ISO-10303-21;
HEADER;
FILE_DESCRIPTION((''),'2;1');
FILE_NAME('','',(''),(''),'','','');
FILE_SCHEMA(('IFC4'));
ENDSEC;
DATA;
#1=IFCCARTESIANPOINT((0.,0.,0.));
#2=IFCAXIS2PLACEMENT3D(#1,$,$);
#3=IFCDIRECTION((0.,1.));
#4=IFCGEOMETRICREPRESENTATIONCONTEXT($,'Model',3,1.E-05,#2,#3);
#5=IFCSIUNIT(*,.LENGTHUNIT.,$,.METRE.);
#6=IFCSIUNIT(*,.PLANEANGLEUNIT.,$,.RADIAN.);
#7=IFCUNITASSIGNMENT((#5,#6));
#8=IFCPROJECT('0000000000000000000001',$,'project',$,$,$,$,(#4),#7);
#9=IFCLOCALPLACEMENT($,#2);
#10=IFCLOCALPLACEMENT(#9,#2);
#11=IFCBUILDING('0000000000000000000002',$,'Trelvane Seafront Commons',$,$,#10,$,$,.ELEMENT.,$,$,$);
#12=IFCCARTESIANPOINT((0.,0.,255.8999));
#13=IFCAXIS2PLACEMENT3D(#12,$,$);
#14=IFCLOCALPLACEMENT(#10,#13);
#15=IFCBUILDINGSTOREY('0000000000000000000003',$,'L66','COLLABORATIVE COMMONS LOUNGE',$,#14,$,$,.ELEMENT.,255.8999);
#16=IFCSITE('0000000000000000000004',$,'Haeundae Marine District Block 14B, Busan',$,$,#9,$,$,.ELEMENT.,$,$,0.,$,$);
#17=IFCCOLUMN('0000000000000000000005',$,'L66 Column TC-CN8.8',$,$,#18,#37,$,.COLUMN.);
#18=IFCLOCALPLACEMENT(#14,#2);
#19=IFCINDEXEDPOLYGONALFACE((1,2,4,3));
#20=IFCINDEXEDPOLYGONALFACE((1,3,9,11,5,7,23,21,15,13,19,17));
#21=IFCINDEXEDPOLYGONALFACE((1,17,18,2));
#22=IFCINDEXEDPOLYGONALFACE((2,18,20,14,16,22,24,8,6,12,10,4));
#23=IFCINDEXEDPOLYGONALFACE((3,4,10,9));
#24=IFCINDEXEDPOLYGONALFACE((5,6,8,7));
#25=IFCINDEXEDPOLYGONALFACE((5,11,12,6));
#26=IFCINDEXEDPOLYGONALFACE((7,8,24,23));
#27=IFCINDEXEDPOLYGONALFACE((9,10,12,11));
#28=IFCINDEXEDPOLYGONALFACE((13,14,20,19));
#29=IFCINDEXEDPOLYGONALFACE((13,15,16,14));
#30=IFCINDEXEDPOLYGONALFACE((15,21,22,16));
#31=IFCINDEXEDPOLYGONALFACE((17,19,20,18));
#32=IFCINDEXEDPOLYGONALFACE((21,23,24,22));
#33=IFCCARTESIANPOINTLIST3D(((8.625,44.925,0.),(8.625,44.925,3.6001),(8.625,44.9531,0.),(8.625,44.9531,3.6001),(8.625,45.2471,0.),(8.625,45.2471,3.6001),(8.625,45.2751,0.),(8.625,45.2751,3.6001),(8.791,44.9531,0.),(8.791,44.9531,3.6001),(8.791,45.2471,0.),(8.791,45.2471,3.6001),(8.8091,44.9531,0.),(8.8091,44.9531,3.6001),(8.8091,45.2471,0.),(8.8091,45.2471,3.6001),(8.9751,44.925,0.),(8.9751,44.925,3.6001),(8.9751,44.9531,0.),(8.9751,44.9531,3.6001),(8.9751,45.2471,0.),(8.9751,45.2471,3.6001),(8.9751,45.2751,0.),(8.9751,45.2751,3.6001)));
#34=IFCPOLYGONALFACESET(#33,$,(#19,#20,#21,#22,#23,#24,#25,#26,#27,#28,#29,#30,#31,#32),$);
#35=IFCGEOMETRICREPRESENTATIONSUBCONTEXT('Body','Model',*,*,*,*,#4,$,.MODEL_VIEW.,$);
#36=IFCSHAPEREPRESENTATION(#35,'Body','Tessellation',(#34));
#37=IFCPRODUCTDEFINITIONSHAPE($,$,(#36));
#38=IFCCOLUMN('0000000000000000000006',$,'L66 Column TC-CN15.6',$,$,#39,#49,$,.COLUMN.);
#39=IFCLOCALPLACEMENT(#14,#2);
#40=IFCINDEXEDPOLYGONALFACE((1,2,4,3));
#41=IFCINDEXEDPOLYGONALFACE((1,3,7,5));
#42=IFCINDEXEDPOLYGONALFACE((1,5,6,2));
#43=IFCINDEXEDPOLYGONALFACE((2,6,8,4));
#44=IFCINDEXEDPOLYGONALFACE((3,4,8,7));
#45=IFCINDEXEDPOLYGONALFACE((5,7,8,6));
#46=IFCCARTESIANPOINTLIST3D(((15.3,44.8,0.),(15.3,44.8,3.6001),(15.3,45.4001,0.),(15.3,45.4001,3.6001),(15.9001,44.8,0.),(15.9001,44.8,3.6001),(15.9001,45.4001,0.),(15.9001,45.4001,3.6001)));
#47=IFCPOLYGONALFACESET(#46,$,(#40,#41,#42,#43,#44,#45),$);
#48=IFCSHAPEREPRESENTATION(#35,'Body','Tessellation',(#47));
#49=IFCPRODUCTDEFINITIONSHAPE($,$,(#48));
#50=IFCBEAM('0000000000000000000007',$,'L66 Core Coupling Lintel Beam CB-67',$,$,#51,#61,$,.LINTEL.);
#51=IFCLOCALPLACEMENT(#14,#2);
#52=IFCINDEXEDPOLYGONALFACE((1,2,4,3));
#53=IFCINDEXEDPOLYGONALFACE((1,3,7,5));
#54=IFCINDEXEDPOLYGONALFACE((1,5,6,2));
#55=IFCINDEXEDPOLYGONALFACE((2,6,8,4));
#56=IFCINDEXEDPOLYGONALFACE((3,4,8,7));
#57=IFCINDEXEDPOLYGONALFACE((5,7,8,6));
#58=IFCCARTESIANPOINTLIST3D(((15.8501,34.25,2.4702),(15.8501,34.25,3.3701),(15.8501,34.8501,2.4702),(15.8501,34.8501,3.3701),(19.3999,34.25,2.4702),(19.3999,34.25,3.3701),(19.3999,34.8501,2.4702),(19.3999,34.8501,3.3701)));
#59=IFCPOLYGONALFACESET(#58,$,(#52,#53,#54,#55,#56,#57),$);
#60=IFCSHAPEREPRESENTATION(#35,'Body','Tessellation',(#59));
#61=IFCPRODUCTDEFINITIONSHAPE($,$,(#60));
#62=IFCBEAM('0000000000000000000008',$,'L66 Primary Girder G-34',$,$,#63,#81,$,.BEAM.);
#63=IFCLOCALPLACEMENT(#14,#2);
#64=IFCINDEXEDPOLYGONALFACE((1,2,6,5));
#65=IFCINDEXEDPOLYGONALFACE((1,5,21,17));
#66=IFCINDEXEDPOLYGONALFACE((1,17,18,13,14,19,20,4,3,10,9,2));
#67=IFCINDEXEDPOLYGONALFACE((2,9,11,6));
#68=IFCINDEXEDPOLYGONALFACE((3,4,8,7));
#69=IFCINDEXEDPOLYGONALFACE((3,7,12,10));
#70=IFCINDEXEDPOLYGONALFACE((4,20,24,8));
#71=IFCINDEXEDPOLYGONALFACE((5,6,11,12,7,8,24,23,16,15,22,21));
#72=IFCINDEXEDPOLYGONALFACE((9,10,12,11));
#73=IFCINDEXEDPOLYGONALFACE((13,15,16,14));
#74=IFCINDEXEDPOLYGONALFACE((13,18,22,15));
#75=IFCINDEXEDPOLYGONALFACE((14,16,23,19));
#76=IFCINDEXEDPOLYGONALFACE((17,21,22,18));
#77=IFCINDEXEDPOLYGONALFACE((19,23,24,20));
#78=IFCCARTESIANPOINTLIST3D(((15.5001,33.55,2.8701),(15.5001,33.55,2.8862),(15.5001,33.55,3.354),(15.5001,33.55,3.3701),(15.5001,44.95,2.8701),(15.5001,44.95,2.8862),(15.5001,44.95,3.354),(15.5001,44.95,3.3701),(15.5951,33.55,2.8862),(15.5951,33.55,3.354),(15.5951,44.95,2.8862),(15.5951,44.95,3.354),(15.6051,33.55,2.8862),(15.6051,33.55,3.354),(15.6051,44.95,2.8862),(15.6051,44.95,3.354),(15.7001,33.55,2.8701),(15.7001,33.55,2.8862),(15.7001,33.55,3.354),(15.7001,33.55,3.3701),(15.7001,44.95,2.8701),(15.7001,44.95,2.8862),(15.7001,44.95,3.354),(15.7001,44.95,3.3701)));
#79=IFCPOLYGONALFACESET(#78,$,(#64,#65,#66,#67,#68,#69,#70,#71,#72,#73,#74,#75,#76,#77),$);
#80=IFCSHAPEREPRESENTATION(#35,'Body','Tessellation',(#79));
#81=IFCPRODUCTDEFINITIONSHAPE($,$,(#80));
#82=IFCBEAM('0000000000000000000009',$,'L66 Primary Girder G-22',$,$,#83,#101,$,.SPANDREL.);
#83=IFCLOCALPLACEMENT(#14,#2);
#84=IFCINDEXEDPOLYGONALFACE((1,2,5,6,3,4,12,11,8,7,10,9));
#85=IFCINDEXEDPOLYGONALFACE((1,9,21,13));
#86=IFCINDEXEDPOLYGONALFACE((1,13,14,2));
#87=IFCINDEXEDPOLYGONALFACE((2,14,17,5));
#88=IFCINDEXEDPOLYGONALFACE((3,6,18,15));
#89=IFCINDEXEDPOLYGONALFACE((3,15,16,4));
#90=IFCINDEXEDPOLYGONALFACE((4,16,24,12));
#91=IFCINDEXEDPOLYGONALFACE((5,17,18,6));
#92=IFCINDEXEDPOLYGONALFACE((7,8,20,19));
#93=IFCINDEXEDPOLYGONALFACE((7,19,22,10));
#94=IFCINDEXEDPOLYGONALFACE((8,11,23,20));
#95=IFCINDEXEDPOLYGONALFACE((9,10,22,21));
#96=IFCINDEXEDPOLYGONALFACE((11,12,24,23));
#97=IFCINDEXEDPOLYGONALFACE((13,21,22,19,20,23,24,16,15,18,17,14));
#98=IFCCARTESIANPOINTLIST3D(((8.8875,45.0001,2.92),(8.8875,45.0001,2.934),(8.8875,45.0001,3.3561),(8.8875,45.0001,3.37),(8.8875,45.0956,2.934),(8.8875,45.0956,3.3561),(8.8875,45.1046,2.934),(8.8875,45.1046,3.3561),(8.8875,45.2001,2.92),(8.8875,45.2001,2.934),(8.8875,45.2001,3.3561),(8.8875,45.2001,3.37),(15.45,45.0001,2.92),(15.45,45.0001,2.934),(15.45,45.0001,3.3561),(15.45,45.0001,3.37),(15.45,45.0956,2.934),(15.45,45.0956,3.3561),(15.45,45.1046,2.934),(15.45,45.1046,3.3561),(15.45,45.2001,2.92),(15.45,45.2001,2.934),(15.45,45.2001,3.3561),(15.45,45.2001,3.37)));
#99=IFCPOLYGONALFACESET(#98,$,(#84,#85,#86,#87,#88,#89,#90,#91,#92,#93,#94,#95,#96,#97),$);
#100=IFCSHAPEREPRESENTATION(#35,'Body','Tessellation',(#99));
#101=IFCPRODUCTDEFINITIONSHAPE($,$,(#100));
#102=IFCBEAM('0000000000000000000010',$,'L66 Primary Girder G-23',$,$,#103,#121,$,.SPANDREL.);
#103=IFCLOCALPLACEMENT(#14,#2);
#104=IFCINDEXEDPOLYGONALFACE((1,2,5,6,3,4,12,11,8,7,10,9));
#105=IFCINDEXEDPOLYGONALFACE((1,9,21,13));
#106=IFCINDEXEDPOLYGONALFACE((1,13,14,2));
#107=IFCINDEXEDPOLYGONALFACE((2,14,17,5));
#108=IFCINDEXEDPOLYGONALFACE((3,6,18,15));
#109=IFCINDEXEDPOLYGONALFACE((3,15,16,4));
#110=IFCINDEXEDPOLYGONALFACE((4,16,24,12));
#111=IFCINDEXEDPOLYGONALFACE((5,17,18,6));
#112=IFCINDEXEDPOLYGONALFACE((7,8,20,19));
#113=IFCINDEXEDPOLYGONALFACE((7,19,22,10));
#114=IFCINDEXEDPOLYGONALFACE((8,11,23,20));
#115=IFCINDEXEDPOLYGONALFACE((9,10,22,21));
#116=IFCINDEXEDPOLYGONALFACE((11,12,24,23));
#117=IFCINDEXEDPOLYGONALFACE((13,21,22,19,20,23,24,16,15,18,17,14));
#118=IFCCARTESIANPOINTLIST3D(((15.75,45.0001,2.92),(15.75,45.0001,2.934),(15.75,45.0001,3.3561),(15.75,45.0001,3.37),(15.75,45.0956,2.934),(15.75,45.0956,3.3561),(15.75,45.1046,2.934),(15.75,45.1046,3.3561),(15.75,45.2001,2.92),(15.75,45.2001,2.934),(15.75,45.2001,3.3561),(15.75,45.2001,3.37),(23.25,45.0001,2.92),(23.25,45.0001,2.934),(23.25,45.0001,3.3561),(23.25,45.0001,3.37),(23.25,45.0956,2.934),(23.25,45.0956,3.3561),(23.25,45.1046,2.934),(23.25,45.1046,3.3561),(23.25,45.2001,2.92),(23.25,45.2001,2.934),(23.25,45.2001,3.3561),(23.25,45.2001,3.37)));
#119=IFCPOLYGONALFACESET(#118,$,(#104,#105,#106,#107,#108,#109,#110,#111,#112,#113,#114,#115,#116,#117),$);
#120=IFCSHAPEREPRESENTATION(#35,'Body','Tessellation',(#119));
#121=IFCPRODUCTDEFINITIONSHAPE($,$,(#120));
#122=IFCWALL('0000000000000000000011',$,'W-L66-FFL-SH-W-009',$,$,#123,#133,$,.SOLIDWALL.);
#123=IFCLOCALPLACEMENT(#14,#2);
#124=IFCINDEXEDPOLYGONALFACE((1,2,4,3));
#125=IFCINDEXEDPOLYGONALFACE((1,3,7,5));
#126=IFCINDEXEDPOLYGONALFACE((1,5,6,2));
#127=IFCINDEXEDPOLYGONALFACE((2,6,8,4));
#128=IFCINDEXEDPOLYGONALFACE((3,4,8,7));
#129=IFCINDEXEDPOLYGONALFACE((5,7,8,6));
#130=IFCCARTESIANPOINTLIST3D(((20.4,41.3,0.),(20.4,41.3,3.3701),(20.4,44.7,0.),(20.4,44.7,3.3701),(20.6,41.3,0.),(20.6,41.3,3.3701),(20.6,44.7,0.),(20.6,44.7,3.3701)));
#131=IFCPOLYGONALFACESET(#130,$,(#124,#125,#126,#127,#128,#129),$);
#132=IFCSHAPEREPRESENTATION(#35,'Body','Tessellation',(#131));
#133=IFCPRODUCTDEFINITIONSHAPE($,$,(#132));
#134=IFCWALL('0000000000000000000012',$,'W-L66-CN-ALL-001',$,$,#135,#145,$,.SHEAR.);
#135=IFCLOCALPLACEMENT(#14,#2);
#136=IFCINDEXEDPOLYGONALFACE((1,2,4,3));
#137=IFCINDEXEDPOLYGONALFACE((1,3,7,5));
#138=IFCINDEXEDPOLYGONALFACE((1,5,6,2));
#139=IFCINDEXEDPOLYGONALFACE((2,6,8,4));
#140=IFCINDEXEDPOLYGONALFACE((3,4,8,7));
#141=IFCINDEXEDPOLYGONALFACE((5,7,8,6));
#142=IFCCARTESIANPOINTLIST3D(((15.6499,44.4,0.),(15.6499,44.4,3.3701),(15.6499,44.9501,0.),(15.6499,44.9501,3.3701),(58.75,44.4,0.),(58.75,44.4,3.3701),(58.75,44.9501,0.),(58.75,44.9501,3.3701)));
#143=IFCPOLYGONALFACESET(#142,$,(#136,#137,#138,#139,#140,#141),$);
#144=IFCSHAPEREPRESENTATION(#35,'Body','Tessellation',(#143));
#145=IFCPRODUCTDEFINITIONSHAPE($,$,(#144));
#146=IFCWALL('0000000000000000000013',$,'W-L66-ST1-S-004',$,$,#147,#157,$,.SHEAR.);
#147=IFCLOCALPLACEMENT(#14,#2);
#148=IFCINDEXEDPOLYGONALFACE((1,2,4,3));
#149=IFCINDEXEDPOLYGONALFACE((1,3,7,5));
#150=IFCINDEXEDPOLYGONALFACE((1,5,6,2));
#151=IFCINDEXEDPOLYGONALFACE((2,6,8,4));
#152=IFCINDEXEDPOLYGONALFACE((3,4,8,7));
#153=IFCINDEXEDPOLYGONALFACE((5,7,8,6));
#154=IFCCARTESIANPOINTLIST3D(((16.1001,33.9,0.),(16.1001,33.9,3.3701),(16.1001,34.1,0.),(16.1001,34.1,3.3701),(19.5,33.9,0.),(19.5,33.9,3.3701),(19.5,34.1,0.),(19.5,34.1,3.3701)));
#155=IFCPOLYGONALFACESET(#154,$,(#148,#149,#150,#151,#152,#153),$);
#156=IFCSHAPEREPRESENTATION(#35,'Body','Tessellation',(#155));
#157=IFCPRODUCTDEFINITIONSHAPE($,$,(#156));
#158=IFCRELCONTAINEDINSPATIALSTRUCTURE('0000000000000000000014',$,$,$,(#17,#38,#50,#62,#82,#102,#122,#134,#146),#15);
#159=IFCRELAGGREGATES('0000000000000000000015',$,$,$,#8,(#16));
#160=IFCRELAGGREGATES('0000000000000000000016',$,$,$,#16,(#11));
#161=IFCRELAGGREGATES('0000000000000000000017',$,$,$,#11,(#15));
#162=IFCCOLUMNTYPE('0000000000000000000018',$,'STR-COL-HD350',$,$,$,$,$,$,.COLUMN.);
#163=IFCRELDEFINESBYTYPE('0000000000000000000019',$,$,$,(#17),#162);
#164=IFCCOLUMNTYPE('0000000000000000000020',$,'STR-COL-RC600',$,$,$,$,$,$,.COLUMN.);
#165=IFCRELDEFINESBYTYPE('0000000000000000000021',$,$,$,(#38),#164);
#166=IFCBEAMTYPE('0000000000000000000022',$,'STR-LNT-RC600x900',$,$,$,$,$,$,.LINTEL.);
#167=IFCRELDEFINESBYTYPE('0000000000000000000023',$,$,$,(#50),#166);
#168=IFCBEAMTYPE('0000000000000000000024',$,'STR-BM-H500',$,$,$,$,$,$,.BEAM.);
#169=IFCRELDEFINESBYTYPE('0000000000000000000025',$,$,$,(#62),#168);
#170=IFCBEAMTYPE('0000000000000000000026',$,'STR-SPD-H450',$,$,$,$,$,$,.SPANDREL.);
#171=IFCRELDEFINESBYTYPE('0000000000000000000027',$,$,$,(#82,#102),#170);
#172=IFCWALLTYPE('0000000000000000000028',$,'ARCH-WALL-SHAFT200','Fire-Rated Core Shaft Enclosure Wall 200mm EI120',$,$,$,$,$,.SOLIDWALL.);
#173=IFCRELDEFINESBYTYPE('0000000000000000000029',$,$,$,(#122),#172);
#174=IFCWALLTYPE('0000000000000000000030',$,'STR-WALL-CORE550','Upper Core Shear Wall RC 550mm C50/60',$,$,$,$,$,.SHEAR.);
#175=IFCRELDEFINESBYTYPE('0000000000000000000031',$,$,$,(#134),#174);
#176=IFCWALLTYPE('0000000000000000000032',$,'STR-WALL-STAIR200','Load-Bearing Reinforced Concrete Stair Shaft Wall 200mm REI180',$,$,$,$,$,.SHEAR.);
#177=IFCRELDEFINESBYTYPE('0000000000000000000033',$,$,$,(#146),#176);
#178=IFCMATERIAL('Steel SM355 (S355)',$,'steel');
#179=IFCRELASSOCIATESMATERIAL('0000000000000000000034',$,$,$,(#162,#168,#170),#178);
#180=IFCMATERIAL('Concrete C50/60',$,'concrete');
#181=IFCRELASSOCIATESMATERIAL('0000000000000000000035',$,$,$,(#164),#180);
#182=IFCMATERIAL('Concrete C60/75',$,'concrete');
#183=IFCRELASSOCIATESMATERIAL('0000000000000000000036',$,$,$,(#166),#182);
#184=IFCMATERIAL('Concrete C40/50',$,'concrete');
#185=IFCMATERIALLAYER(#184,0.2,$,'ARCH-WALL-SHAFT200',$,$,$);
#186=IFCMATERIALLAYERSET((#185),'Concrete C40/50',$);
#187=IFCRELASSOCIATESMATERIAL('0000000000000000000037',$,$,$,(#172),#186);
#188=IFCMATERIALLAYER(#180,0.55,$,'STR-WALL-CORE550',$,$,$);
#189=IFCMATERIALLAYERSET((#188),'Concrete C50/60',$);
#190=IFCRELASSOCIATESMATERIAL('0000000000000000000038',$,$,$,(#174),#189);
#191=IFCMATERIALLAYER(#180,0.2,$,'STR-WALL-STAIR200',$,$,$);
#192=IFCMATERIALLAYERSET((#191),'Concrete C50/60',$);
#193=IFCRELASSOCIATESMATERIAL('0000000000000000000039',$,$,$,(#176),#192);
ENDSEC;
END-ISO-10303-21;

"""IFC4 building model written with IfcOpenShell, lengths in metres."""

from ifc_helpers import new_model, si_unit, direction, frame, frame_2d, origin, origin_2d, place, context, subcontext, project, spatial, rectangle, i_section, extrude, source, transform, mapped, material, layer, layer_set, material_profile, profile_set, type_object, element, save


model = new_model("IFC4")

# Units and contexts
model_context = context("Model", 3, precision=1e-05, world=origin(), true_north=direction((0.0, 1.0)))
body_context = subcontext(model_context, "Body", "Model", "MODEL_VIEW")
ifc_project = project(units=[si_unit("LENGTHUNIT", "METRE"), si_unit("PLANEANGLEUNIT", "RADIAN")], contexts=[model_context])

# Site, building, storey
site_placement = place(None, origin())
site = spatial("IfcSite", under=ifc_project, at=site_placement, Name="Haeundae Marine District Block 14B, Busan", CompositionType="ELEMENT", RefElevation=0.0)
building_placement = place(site_placement, origin())
building = spatial("IfcBuilding", under=site, at=building_placement, Name="Trelvane Seafront Commons", CompositionType="ELEMENT")
storey_placement = place(building_placement, frame((0.0, 0.0, 255.8999)))
storey = spatial("IfcBuildingStorey", under=building, at=storey_placement, Name="L66", Description="COLLABORATIVE COMMONS LOUNGE", CompositionType="ELEMENT", Elevation=255.8999)

# Columns
ifc_material_1 = material(Name="Steel SM355 (S355)", Category="steel")
ifc_material_profile_1 = material_profile(ifc_material_1, i_section(OverallWidth=0.3501, OverallDepth=0.3501, WebThickness=0.0181, FlangeThickness=0.0281, at=origin_2d()), Name="HD-350x350x18x28")
ifc_profile_set_1 = profile_set([ifc_material_profile_1], Name="Steel SM355 (S355)")
column_type_1 = type_object("IfcColumnType", Name="STR-COL-HD350", PredefinedType="COLUMN", material=ifc_profile_set_1)
shared_shape_1 = source(origin(), body_context, "Body", "SweptSolid", [
    extrude(i_section(OverallWidth=0.3501, OverallDepth=0.3501, WebThickness=0.0181, FlangeThickness=0.0281, at=origin_2d()), origin(), (0.0, 0.0, 1.0), 3.6001),
])
column_1_placement = place(storey_placement, frame((8.8, 45.1001, 0.0), z_axis=(0.0, 0.0, 1.0), x_axis=(1.0, 0.0, 0.0)))
element("IfcColumn", 1, at=column_1_placement, inside=storey, type_object=column_type_1, Name="L66 Column TC-CN8.8", PredefinedType="COLUMN", context=body_context, shape_type="MappedRepresentation", body=[
    mapped(shared_shape_1, transform((0.0, 0.0, 0.0), x_axis=(1.0, 0.0, 0.0), y_axis=(0.0, 1.0, 0.0), z_axis=(0.0, 0.0, 1.0), scale=1.0)),
])
ifc_material_2 = material(Name="Concrete C50/60", Category="concrete")
ifc_material_profile_2 = material_profile(ifc_material_2, rectangle(XDim=0.6001, YDim=0.6001, at=origin_2d()), Name="RC-600x600")
ifc_profile_set_2 = profile_set([ifc_material_profile_2], Name="Concrete C50/60")
column_type_2 = type_object("IfcColumnType", Name="STR-COL-RC600", PredefinedType="COLUMN", material=ifc_profile_set_2)
shared_shape_2 = source(origin(), body_context, "Body", "SweptSolid", [
    extrude(rectangle(XDim=0.6001, YDim=0.6001, at=origin_2d()), origin(), (0.0, 0.0, 1.0), 3.6001),
])
column_2_placement = place(storey_placement, frame((15.6001, 45.1001, 0.0), z_axis=(0.0, 0.0, 1.0), x_axis=(1.0, 0.0, 0.0)))
element("IfcColumn", 2, at=column_2_placement, inside=storey, type_object=column_type_2, Name="L66 Column TC-CN15.6", PredefinedType="COLUMN", context=body_context, shape_type="MappedRepresentation", body=[
    mapped(shared_shape_2, transform((0.0, 0.0, 0.0), x_axis=(1.0, 0.0, 0.0), y_axis=(0.0, 1.0, 0.0), z_axis=(0.0, 0.0, 1.0), scale=1.0)),
])

# Beams
ifc_material_3 = material(Name="Concrete C60/75", Category="concrete")
ifc_material_profile_3 = material_profile(ifc_material_3, rectangle(XDim=0.6001, YDim=0.8999, at=origin_2d()), Name="RC-600x900")
ifc_profile_set_3 = profile_set([ifc_material_profile_3], Name="Concrete C60/75")
beam_type_1 = type_object("IfcBeamType", Name="STR-LNT-RC600x900", PredefinedType="LINTEL", material=ifc_profile_set_3)
shared_shape_3 = source(origin(), body_context, "Body", "SweptSolid", [
    extrude(rectangle(XDim=0.6001, YDim=0.8999, at=origin_2d()), origin(), (0.0, 0.0, 1.0), 3.5498),
])
beam_1_placement = place(storey_placement, frame((15.8501, 34.55, 2.9202), z_axis=(1.0, 0.0, 0.0), x_axis=(0.0, 1.0, 0.0)))
element("IfcBeam", 3, at=beam_1_placement, inside=storey, type_object=beam_type_1, Name="L66 Core Coupling Lintel Beam CB-67", PredefinedType="LINTEL", context=body_context, shape_type="MappedRepresentation", body=[
    mapped(shared_shape_3, transform((0.0, 0.0, 0.0), x_axis=(1.0, 0.0, 0.0), y_axis=(0.0, 1.0, 0.0), z_axis=(0.0, 0.0, 1.0), scale=1.0)),
])
ifc_material_profile_4 = material_profile(ifc_material_1, i_section(OverallWidth=0.2, OverallDepth=0.5, WebThickness=0.01, FlangeThickness=0.0161, at=origin_2d()), Name="H-500x200x10x16")
ifc_profile_set_4 = profile_set([ifc_material_profile_4], Name="Steel SM355 (S355)")
beam_type_2 = type_object("IfcBeamType", Name="STR-BM-H500", PredefinedType="BEAM", material=ifc_profile_set_4)
shared_shape_4 = source(origin(), body_context, "Body", "SweptSolid", [
    extrude(i_section(OverallWidth=0.2, OverallDepth=0.5, WebThickness=0.01, FlangeThickness=0.0161, at=origin_2d()), origin(), (0.0, 0.0, 1.0), 11.3999),
])
beam_2_placement = place(storey_placement, frame((15.6001, 33.55, 3.1201), z_axis=(0.0, 1.0, 0.0), x_axis=(-1.0, 0.0, 0.0)))
element("IfcBeam", 4, at=beam_2_placement, inside=storey, type_object=beam_type_2, Name="L66 Primary Girder G-34", PredefinedType="BEAM", context=body_context, shape_type="MappedRepresentation", body=[
    mapped(shared_shape_4, transform((0.0, 0.0, 0.0), x_axis=(1.0, 0.0, 0.0), y_axis=(0.0, 1.0, 0.0), z_axis=(0.0, 0.0, 1.0), scale=1.0)),
])
ifc_material_profile_5 = material_profile(ifc_material_1, i_section(OverallWidth=0.2, OverallDepth=0.45, WebThickness=0.009, FlangeThickness=0.0139, at=origin_2d()), Name="H-450x200x9x14")
ifc_profile_set_5 = profile_set([ifc_material_profile_5], Name="Steel SM355 (S355)")
beam_type_3 = type_object("IfcBeamType", Name="STR-SPD-H450", PredefinedType="SPANDREL", material=ifc_profile_set_5)
shared_shape_5 = source(origin(), body_context, "Body", "SweptSolid", [
    extrude(i_section(OverallWidth=0.2, OverallDepth=0.45, WebThickness=0.009, FlangeThickness=0.0139, at=origin_2d()), origin(), (0.0, 0.0, 1.0), 6.5625),
])
beam_3_placement = place(storey_placement, frame((8.8875, 45.1001, 3.145), z_axis=(1.0, 0.0, 0.0), x_axis=(0.0, 1.0, 0.0)))
element("IfcBeam", 5, at=beam_3_placement, inside=storey, type_object=beam_type_3, Name="L66 Primary Girder G-22", PredefinedType="SPANDREL", context=body_context, shape_type="MappedRepresentation", body=[
    mapped(shared_shape_5, transform((0.0, 0.0, 0.0), x_axis=(1.0, 0.0, 0.0), y_axis=(0.0, 1.0, 0.0), z_axis=(0.0, 0.0, 1.0), scale=1.0)),
])
shared_shape_6 = source(origin(), body_context, "Body", "SweptSolid", [
    extrude(i_section(OverallWidth=0.2, OverallDepth=0.45, WebThickness=0.009, FlangeThickness=0.0139, at=origin_2d()), origin(), (0.0, 0.0, 1.0), 7.5),
])
beam_4_placement = place(storey_placement, frame((15.75, 45.1001, 3.145), z_axis=(1.0, 0.0, 0.0), x_axis=(0.0, 1.0, 0.0)))
element("IfcBeam", 6, at=beam_4_placement, inside=storey, type_object=beam_type_3, Name="L66 Primary Girder G-23", PredefinedType="SPANDREL", context=body_context, shape_type="MappedRepresentation", body=[
    mapped(shared_shape_6, transform((0.0, 0.0, 0.0), x_axis=(1.0, 0.0, 0.0), y_axis=(0.0, 1.0, 0.0), z_axis=(0.0, 0.0, 1.0), scale=1.0)),
])

# Shared definitions
ifc_material_4 = material(Name="Concrete C40/50", Category="concrete")
ifc_layer_1 = layer(ifc_material_4, 0.2, Name="ARCH-WALL-SHAFT200")
ifc_layer_set_1 = layer_set([ifc_layer_1], Name="Concrete C40/50")
wall_type_1 = type_object("IfcWallType", Name="ARCH-WALL-SHAFT200", Description="Fire-Rated Core Shaft Enclosure Wall 200mm EI120", PredefinedType="SOLIDWALL", material=ifc_layer_set_1)

# Walls
wall_1_placement = place(storey_placement, frame((20.5, 41.3, 0.0), z_axis=(0.0, 0.0, 1.0), x_axis=(0.0, 1.0, 0.0)))
element("IfcWall", 7, at=wall_1_placement, inside=storey, type_object=wall_type_1, Name="W-L66-FFL-SH-W-009", PredefinedType="SOLIDWALL", context=body_context, shape_type="SweptSolid", body=[
    extrude(rectangle(XDim=3.3999, YDim=0.2, at=frame_2d((1.7, 0.0))), origin(), (0.0, 0.0, 1.0), 3.3701),
])
ifc_layer_2 = layer(ifc_material_2, 0.55, Name="STR-WALL-CORE550")
ifc_layer_set_2 = layer_set([ifc_layer_2], Name="Concrete C50/60")
wall_type_2 = type_object("IfcWallType", Name="STR-WALL-CORE550", Description="Upper Core Shear Wall RC 550mm C50/60", PredefinedType="SHEAR", material=ifc_layer_set_2)
wall_2_placement = place(storey_placement, frame((15.6499, 44.675, 0.0), z_axis=(0.0, 0.0, 1.0), x_axis=(1.0, 0.0, 0.0)))
element("IfcWall", 8, at=wall_2_placement, inside=storey, type_object=wall_type_2, Name="W-L66-CN-ALL-001", PredefinedType="SHEAR", context=body_context, shape_type="SweptSolid", body=[
    extrude(rectangle(XDim=43.1001, YDim=0.55, at=frame_2d((21.55, 0.0))), origin(), (0.0, 0.0, 1.0), 3.3701),
])
ifc_layer_3 = layer(ifc_material_2, 0.2, Name="STR-WALL-STAIR200")
ifc_layer_set_3 = layer_set([ifc_layer_3], Name="Concrete C50/60")
wall_type_3 = type_object("IfcWallType", Name="STR-WALL-STAIR200", Description="Load-Bearing Reinforced Concrete Stair Shaft Wall 200mm REI180", PredefinedType="SHEAR", material=ifc_layer_set_3)
wall_3_placement = place(storey_placement, frame((16.1001, 34.0, 0.0), z_axis=(0.0, 0.0, 1.0), x_axis=(1.0, 0.0, 0.0)))
element("IfcWall", 9, at=wall_3_placement, inside=storey, type_object=wall_type_3, Name="W-L66-ST1-S-004", PredefinedType="SHEAR", context=body_context, shape_type="SweptSolid", body=[
    extrude(rectangle(XDim=3.3999, YDim=0.2, at=frame_2d((1.7, 0.0))), origin(), (0.0, 0.0, 1.0), 3.3701),
])

save(model, "model.ifc")
